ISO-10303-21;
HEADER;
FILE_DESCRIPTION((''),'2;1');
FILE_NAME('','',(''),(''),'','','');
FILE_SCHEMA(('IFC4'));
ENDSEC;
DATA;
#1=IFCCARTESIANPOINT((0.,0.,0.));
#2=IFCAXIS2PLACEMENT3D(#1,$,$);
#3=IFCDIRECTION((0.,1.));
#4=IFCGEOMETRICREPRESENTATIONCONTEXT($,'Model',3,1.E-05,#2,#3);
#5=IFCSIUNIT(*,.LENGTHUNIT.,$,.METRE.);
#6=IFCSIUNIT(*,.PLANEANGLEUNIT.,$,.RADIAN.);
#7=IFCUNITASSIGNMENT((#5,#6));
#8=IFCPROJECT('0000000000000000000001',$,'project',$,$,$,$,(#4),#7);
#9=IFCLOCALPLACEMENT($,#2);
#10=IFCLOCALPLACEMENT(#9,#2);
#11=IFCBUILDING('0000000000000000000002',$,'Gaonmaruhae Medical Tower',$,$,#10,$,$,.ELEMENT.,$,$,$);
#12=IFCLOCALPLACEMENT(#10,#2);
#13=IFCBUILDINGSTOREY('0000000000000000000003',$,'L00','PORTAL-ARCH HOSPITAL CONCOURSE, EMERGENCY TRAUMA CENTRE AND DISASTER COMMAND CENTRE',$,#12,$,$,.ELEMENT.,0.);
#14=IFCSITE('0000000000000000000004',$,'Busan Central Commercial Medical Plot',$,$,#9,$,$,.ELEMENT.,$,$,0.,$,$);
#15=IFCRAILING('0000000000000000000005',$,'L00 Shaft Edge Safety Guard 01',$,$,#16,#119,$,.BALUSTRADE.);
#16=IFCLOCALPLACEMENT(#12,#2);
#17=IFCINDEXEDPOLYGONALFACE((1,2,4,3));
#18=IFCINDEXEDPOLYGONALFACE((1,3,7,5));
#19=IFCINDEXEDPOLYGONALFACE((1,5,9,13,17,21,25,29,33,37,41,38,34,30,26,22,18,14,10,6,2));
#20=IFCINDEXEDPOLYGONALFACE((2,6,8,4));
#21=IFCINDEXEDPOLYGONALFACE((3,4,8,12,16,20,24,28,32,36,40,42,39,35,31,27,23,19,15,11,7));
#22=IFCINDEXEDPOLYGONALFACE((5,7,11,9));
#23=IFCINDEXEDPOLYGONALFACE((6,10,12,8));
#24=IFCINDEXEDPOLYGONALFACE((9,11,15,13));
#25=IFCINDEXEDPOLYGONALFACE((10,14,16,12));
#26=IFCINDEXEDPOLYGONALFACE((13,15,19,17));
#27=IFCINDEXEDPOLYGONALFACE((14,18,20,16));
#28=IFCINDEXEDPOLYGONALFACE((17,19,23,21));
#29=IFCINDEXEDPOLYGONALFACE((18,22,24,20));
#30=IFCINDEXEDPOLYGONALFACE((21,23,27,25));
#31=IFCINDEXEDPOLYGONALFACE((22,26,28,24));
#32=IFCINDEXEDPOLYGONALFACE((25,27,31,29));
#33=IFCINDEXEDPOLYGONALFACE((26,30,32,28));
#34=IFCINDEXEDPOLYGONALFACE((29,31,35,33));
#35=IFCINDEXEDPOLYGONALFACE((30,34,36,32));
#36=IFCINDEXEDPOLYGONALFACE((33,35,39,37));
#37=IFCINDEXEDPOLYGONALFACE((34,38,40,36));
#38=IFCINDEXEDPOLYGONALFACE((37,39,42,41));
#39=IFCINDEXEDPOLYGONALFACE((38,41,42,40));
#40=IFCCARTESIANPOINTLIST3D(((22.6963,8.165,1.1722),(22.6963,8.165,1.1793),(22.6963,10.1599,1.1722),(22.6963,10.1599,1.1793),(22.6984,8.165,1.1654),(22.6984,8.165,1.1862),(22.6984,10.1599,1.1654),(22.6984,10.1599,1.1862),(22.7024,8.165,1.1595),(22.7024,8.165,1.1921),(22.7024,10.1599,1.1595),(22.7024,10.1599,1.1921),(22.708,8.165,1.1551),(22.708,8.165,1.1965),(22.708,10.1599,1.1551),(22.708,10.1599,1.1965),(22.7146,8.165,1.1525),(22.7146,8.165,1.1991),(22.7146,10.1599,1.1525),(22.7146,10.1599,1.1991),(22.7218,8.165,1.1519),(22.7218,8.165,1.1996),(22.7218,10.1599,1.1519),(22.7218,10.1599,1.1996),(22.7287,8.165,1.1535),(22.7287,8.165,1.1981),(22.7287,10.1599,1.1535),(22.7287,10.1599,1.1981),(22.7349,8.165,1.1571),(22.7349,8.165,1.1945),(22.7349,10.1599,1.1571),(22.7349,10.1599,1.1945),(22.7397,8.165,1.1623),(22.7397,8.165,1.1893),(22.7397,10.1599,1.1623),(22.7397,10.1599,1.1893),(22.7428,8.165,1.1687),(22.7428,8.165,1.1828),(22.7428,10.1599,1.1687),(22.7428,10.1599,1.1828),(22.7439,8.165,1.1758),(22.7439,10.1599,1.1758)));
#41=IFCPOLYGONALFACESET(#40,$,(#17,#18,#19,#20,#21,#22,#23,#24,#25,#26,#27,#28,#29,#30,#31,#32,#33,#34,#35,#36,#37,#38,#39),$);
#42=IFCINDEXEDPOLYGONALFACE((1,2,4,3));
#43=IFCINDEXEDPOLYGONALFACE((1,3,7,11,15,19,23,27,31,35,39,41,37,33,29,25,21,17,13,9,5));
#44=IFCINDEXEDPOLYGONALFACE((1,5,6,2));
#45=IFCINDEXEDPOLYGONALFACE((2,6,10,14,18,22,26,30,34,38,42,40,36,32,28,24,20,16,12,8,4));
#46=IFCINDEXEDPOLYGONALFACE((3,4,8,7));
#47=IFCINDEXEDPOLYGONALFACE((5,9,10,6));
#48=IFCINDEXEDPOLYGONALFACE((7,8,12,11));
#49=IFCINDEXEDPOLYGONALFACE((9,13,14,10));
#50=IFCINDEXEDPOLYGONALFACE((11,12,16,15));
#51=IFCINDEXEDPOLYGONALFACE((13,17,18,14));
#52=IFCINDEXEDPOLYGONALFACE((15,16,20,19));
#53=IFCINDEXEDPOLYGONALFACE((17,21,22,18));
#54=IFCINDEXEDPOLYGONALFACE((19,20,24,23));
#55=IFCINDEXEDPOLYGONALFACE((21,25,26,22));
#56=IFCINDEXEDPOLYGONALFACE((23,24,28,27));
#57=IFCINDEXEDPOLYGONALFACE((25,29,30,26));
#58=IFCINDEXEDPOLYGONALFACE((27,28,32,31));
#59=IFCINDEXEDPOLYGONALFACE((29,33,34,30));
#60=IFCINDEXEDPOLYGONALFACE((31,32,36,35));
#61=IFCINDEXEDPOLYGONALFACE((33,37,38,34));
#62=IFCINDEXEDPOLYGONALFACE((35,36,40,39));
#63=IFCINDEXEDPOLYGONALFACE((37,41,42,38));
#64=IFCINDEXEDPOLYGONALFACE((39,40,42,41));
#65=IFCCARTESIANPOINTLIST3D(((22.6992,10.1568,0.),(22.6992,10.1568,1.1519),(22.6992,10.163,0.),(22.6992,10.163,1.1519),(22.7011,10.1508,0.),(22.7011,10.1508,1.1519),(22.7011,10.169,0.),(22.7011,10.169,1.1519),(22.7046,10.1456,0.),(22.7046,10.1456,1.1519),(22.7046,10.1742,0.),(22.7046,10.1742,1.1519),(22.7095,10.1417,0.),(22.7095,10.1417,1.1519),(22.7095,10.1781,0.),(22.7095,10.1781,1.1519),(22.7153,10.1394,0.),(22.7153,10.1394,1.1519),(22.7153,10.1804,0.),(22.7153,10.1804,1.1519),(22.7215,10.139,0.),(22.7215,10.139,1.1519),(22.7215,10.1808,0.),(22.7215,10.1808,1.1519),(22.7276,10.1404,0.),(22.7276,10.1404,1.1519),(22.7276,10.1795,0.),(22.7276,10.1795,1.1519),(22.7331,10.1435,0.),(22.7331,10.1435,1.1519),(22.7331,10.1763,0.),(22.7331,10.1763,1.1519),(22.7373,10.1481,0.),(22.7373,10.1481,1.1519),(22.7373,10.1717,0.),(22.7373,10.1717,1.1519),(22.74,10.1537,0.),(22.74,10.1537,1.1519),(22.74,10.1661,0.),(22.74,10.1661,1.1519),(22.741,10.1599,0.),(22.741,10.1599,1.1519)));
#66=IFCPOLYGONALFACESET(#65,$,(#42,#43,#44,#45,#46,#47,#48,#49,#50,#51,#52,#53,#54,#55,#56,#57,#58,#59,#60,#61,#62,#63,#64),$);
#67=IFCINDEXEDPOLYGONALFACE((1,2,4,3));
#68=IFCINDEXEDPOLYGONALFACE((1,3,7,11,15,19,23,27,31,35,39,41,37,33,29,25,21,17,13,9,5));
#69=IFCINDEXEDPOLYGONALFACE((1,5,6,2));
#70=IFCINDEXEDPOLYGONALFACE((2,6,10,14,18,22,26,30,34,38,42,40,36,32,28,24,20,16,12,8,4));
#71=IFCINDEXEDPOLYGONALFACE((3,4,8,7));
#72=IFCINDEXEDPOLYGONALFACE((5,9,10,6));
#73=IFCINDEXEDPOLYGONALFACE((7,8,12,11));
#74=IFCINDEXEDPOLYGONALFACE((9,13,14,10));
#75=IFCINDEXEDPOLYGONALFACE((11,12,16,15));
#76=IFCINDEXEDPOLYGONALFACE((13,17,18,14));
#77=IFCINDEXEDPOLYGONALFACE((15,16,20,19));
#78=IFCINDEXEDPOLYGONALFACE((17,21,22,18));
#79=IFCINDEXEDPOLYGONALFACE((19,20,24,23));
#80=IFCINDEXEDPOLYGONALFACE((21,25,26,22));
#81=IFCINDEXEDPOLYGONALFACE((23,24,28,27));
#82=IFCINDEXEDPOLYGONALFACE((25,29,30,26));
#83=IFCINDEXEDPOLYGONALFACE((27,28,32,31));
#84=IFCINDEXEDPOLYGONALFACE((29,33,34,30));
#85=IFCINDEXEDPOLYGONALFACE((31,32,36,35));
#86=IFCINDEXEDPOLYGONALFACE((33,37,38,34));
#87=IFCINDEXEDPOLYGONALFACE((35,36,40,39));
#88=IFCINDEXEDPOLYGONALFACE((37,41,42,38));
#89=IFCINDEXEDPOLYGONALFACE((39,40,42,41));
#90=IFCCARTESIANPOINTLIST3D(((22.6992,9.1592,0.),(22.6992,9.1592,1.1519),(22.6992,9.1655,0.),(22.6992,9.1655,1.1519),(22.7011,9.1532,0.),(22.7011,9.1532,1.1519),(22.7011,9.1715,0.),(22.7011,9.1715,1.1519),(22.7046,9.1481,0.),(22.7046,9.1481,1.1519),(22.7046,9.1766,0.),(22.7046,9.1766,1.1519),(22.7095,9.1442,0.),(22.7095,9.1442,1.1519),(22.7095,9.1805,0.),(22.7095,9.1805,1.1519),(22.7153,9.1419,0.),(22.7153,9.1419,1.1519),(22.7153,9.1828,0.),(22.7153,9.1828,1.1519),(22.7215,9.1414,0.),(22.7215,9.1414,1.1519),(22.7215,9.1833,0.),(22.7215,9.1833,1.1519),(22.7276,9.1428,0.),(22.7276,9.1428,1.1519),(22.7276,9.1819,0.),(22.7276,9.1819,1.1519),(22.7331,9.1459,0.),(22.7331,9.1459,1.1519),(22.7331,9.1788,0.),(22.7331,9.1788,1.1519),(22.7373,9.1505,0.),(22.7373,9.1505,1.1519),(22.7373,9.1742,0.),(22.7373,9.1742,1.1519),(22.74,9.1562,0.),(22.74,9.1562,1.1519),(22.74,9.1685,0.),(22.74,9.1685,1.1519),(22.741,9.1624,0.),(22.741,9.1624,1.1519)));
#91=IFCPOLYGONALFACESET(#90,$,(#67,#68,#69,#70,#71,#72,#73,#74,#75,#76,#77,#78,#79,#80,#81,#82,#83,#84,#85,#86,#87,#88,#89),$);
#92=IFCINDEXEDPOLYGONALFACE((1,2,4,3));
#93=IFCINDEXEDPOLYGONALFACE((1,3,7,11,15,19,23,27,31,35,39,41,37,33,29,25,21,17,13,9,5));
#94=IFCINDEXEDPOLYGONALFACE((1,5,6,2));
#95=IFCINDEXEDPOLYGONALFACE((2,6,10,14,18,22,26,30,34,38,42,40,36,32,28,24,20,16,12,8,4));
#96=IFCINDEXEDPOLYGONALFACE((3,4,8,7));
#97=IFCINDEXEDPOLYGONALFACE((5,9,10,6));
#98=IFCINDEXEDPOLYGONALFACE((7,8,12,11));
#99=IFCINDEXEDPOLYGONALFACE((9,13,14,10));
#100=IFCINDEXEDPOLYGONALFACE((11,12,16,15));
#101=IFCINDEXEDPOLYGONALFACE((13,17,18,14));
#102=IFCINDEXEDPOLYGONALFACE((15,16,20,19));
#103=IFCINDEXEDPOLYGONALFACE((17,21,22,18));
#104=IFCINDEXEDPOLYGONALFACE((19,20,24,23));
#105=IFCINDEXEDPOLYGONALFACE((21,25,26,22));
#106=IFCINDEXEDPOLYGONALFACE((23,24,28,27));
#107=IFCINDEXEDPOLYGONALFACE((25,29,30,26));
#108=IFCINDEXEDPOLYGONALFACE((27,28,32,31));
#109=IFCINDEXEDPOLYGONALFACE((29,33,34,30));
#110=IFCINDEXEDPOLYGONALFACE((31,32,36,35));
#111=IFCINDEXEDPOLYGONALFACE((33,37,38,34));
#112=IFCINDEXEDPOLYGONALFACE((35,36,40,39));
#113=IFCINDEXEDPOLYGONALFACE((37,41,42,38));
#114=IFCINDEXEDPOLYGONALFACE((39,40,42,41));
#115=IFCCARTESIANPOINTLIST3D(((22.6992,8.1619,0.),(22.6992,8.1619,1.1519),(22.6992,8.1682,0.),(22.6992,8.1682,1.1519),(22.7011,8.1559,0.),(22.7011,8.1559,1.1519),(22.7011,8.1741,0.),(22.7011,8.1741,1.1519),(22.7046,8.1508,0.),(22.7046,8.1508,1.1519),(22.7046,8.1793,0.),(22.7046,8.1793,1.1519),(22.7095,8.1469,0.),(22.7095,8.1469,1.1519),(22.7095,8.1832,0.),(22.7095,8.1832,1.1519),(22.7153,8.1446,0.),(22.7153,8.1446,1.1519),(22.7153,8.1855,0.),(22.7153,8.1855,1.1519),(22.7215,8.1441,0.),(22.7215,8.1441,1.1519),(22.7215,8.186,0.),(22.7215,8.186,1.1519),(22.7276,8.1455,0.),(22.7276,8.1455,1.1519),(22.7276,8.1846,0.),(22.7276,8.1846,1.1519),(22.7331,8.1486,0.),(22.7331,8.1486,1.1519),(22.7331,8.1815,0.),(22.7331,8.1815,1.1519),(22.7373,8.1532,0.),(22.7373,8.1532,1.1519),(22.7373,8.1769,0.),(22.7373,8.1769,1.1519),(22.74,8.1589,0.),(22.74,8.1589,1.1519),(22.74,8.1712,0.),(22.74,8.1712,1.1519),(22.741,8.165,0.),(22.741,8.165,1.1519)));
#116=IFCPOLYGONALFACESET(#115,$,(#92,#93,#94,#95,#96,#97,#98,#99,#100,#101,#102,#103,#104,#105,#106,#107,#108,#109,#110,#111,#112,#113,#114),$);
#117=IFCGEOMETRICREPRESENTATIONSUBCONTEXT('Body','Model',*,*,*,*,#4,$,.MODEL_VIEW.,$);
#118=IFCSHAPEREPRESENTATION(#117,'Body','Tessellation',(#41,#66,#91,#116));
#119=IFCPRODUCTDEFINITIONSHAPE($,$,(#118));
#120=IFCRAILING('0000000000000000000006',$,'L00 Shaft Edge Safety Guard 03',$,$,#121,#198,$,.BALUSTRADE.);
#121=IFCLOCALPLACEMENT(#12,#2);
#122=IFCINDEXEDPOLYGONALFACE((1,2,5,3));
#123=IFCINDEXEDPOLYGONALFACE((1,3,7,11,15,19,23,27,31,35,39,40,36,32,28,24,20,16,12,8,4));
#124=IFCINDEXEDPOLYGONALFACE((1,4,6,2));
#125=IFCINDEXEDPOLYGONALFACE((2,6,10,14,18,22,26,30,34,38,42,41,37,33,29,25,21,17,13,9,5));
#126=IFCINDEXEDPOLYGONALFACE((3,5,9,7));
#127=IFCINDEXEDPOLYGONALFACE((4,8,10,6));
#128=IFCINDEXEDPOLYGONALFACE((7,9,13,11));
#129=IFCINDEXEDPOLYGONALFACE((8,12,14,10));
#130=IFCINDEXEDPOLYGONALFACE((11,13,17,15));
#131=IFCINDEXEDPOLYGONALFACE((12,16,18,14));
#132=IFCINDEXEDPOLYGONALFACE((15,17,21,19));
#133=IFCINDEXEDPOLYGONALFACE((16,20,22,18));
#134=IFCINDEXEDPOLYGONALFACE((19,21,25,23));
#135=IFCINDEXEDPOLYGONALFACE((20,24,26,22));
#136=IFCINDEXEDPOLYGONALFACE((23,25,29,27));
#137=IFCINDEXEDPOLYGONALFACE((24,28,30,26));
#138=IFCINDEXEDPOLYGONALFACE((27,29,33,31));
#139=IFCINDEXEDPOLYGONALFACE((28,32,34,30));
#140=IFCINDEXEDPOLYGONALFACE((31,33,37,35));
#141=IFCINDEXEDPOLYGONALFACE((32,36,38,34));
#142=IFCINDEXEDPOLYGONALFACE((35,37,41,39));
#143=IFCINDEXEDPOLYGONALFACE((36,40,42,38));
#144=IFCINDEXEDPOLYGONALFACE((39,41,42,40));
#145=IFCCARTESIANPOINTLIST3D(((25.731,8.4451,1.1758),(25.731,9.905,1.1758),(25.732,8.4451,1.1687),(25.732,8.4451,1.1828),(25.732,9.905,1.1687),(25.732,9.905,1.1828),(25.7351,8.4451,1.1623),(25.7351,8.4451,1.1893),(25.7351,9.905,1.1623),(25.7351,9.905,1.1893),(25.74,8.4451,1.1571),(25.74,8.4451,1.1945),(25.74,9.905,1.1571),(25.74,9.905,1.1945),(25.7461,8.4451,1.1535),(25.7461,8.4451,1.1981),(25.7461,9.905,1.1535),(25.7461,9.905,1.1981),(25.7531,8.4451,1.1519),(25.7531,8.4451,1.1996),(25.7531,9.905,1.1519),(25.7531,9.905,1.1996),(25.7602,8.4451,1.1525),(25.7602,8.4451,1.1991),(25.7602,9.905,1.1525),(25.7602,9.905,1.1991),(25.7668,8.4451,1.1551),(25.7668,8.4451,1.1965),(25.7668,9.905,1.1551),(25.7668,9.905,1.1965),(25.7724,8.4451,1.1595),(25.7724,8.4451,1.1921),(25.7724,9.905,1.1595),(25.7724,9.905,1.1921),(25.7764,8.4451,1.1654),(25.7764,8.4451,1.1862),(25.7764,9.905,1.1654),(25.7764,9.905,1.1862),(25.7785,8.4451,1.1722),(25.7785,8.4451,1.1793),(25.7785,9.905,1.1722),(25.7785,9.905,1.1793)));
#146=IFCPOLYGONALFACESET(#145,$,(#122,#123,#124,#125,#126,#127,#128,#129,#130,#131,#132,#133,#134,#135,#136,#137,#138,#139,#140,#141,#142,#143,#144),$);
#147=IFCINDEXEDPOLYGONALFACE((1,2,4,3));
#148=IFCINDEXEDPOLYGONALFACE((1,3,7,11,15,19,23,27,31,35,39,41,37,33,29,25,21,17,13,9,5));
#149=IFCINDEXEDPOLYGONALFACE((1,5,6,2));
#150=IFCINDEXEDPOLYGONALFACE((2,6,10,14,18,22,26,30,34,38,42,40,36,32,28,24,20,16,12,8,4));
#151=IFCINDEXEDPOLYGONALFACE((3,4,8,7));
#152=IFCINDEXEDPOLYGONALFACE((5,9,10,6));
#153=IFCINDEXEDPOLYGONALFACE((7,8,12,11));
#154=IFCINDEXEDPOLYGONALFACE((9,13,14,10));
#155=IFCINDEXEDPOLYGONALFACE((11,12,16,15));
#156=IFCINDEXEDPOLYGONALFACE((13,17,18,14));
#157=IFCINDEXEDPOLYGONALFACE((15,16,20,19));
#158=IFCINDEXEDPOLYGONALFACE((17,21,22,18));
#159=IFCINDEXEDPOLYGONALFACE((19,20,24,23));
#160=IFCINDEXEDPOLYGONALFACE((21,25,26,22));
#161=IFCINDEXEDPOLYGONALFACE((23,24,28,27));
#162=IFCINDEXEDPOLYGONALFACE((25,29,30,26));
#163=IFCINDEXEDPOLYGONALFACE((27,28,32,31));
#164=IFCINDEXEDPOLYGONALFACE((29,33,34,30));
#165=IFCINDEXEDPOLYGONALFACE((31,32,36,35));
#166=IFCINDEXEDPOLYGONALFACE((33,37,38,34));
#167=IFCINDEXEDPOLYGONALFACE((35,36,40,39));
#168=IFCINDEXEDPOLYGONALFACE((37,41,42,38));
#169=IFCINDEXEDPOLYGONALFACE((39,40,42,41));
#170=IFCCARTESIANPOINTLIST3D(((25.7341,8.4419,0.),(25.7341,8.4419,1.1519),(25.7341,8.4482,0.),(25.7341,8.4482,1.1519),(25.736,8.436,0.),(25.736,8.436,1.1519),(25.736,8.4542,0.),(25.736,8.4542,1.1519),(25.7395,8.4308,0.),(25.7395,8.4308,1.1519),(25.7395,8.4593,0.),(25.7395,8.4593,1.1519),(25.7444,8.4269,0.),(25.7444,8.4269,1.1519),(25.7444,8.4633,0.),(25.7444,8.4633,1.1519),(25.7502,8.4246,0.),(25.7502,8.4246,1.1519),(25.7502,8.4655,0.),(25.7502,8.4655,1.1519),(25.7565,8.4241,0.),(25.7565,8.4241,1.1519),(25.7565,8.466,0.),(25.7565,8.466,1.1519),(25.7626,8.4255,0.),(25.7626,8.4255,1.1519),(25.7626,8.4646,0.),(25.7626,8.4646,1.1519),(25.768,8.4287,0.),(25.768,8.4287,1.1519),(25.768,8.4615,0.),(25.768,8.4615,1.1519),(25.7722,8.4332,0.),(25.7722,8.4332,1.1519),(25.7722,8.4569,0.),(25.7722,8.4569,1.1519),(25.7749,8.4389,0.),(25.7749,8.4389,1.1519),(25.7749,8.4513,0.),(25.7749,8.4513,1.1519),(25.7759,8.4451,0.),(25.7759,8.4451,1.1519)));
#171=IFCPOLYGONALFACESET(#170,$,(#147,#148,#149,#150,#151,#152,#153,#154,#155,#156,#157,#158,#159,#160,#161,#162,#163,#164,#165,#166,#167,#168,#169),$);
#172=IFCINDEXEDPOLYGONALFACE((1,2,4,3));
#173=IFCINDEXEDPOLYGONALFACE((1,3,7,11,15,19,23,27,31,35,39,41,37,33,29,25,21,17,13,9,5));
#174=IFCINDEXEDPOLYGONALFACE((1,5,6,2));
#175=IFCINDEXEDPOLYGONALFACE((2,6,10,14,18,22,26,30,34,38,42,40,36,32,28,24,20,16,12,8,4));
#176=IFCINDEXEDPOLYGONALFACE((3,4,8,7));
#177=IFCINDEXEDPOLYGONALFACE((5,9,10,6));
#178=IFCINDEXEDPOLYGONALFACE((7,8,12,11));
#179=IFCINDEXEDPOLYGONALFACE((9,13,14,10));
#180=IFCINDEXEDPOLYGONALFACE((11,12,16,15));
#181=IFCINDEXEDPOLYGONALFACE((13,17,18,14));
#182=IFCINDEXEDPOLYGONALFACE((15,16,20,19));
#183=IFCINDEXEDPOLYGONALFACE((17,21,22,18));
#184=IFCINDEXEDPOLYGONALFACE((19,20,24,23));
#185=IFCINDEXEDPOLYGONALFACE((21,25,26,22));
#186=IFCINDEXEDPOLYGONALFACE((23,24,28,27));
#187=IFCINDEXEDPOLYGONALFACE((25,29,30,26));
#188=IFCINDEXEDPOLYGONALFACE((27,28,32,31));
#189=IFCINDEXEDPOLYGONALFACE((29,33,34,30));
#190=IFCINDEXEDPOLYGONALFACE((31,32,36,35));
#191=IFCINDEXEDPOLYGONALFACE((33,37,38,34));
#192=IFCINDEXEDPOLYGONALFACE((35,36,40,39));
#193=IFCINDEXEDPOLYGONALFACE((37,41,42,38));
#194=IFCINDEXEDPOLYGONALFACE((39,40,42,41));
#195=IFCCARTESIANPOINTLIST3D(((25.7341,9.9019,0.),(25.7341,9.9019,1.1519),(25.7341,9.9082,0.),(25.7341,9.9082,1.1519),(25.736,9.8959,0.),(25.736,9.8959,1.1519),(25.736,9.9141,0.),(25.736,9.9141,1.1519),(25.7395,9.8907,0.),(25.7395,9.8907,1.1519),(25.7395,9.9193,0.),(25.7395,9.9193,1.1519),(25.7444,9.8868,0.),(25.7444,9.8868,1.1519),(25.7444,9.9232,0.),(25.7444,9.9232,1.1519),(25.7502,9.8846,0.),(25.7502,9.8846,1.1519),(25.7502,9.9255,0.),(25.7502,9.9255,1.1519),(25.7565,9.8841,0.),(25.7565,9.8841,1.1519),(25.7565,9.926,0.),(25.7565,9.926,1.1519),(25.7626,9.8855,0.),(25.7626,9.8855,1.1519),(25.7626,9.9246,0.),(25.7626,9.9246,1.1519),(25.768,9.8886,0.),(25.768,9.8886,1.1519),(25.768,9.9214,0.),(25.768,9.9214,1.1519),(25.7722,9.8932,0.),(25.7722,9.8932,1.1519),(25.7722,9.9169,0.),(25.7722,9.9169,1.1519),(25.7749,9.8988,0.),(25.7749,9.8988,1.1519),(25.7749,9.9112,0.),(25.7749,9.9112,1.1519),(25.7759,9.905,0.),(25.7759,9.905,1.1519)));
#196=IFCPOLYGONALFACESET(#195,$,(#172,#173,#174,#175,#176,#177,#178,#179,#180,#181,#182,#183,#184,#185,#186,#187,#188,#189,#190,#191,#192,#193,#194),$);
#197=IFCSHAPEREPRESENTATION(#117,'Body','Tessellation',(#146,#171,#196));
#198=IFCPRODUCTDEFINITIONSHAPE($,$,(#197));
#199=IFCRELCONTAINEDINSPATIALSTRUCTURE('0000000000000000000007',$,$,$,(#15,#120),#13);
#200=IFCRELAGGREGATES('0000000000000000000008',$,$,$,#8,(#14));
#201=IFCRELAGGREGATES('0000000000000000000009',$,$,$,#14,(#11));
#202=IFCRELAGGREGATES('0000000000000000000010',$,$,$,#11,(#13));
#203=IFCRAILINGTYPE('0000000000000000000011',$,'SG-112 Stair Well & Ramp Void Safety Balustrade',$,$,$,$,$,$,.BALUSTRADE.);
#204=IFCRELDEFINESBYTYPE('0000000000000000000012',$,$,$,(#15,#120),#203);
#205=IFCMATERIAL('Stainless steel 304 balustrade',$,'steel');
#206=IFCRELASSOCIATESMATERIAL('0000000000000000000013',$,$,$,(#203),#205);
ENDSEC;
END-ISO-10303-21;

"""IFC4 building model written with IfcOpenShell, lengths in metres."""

from ifc_helpers import new_model, si_unit, direction, frame, origin, origin_2d, place, context, subcontext, project, spatial, circle, extrude, material, type_object, element, save


model = new_model("IFC4")

# Units and contexts
model_context = context("Model", 3, precision=1e-05, world=origin(), true_north=direction((0.0, 1.0)))
body_context = subcontext(model_context, "Body", "Model", "MODEL_VIEW")
ifc_project = project(units=[si_unit("LENGTHUNIT", "METRE"), si_unit("PLANEANGLEUNIT", "RADIAN")], contexts=[model_context])

# Site, building, storey
site_placement = place(None, origin())
site = spatial("IfcSite", under=ifc_project, at=site_placement, Name="Busan Central Commercial Medical Plot", CompositionType="ELEMENT", RefElevation=0.0)
building_placement = place(site_placement, origin())
building = spatial("IfcBuilding", under=site, at=building_placement, Name="Gaonmaruhae Medical Tower", CompositionType="ELEMENT")
storey_placement = place(building_placement, origin())
storey = spatial("IfcBuildingStorey", under=building, at=storey_placement, Name="L00", Description="PORTAL-ARCH HOSPITAL CONCOURSE, EMERGENCY TRAUMA CENTRE AND DISASTER COMMAND CENTRE", CompositionType="ELEMENT", Elevation=0.0)

# Railings
ifc_material_1 = material(Name="Stainless steel 304 balustrade", Category="steel")
railing_type = type_object("IfcRailingType", Name="SG-112 Stair Well & Ramp Void Safety Balustrade", PredefinedType="BALUSTRADE", material=ifc_material_1)
railing_1_placement = place(storey_placement, frame((22.72, 10.1599, 0.0)))
element("IfcRailing", 1, at=railing_1_placement, inside=storey, type_object=railing_type, Name="L00 Shaft Edge Safety Guard 01", PredefinedType="BALUSTRADE", context=body_context, shape_type="SweptSolid", body=[
    extrude(circle(Radius=0.0239, at=origin_2d()), frame((0.0, 0.0, 1.1758), z_axis=(0.0, -1.0, 0.0), x_axis=(1.0, 0.0, 0.0)), (0.0, 0.0, 1.0), 1.9949),
    extrude(circle(Radius=0.021, at=origin_2d()), origin(), (0.0, 0.0, 1.0), 1.1519),
    extrude(circle(Radius=0.021, at=origin_2d()), frame((0.0, -0.9976, 0.0)), (0.0, 0.0, 1.0), 1.1519),
    extrude(circle(Radius=0.021, at=origin_2d()), frame((0.0, -1.9949, 0.0)), (0.0, 0.0, 1.0), 1.1519),
])
railing_2_placement = place(storey_placement, frame((25.7549, 8.4451, 0.0)))
element("IfcRailing", 2, at=railing_2_placement, inside=storey, type_object=railing_type, Name="L00 Shaft Edge Safety Guard 03", PredefinedType="BALUSTRADE", context=body_context, shape_type="SweptSolid", body=[
    extrude(circle(Radius=0.0239, at=origin_2d()), frame((0.0, 0.0, 1.1758), z_axis=(0.0, 1.0, 0.0), x_axis=(-1.0, 0.0, 0.0)), (0.0, 0.0, 1.0), 1.46),
    extrude(circle(Radius=0.021, at=origin_2d()), origin(), (0.0, 0.0, 1.0), 1.1519),
    extrude(circle(Radius=0.021, at=origin_2d()), frame((0.0, 1.46, 0.0)), (0.0, 0.0, 1.0), 1.1519),
])

save(model, "model.ifc")
